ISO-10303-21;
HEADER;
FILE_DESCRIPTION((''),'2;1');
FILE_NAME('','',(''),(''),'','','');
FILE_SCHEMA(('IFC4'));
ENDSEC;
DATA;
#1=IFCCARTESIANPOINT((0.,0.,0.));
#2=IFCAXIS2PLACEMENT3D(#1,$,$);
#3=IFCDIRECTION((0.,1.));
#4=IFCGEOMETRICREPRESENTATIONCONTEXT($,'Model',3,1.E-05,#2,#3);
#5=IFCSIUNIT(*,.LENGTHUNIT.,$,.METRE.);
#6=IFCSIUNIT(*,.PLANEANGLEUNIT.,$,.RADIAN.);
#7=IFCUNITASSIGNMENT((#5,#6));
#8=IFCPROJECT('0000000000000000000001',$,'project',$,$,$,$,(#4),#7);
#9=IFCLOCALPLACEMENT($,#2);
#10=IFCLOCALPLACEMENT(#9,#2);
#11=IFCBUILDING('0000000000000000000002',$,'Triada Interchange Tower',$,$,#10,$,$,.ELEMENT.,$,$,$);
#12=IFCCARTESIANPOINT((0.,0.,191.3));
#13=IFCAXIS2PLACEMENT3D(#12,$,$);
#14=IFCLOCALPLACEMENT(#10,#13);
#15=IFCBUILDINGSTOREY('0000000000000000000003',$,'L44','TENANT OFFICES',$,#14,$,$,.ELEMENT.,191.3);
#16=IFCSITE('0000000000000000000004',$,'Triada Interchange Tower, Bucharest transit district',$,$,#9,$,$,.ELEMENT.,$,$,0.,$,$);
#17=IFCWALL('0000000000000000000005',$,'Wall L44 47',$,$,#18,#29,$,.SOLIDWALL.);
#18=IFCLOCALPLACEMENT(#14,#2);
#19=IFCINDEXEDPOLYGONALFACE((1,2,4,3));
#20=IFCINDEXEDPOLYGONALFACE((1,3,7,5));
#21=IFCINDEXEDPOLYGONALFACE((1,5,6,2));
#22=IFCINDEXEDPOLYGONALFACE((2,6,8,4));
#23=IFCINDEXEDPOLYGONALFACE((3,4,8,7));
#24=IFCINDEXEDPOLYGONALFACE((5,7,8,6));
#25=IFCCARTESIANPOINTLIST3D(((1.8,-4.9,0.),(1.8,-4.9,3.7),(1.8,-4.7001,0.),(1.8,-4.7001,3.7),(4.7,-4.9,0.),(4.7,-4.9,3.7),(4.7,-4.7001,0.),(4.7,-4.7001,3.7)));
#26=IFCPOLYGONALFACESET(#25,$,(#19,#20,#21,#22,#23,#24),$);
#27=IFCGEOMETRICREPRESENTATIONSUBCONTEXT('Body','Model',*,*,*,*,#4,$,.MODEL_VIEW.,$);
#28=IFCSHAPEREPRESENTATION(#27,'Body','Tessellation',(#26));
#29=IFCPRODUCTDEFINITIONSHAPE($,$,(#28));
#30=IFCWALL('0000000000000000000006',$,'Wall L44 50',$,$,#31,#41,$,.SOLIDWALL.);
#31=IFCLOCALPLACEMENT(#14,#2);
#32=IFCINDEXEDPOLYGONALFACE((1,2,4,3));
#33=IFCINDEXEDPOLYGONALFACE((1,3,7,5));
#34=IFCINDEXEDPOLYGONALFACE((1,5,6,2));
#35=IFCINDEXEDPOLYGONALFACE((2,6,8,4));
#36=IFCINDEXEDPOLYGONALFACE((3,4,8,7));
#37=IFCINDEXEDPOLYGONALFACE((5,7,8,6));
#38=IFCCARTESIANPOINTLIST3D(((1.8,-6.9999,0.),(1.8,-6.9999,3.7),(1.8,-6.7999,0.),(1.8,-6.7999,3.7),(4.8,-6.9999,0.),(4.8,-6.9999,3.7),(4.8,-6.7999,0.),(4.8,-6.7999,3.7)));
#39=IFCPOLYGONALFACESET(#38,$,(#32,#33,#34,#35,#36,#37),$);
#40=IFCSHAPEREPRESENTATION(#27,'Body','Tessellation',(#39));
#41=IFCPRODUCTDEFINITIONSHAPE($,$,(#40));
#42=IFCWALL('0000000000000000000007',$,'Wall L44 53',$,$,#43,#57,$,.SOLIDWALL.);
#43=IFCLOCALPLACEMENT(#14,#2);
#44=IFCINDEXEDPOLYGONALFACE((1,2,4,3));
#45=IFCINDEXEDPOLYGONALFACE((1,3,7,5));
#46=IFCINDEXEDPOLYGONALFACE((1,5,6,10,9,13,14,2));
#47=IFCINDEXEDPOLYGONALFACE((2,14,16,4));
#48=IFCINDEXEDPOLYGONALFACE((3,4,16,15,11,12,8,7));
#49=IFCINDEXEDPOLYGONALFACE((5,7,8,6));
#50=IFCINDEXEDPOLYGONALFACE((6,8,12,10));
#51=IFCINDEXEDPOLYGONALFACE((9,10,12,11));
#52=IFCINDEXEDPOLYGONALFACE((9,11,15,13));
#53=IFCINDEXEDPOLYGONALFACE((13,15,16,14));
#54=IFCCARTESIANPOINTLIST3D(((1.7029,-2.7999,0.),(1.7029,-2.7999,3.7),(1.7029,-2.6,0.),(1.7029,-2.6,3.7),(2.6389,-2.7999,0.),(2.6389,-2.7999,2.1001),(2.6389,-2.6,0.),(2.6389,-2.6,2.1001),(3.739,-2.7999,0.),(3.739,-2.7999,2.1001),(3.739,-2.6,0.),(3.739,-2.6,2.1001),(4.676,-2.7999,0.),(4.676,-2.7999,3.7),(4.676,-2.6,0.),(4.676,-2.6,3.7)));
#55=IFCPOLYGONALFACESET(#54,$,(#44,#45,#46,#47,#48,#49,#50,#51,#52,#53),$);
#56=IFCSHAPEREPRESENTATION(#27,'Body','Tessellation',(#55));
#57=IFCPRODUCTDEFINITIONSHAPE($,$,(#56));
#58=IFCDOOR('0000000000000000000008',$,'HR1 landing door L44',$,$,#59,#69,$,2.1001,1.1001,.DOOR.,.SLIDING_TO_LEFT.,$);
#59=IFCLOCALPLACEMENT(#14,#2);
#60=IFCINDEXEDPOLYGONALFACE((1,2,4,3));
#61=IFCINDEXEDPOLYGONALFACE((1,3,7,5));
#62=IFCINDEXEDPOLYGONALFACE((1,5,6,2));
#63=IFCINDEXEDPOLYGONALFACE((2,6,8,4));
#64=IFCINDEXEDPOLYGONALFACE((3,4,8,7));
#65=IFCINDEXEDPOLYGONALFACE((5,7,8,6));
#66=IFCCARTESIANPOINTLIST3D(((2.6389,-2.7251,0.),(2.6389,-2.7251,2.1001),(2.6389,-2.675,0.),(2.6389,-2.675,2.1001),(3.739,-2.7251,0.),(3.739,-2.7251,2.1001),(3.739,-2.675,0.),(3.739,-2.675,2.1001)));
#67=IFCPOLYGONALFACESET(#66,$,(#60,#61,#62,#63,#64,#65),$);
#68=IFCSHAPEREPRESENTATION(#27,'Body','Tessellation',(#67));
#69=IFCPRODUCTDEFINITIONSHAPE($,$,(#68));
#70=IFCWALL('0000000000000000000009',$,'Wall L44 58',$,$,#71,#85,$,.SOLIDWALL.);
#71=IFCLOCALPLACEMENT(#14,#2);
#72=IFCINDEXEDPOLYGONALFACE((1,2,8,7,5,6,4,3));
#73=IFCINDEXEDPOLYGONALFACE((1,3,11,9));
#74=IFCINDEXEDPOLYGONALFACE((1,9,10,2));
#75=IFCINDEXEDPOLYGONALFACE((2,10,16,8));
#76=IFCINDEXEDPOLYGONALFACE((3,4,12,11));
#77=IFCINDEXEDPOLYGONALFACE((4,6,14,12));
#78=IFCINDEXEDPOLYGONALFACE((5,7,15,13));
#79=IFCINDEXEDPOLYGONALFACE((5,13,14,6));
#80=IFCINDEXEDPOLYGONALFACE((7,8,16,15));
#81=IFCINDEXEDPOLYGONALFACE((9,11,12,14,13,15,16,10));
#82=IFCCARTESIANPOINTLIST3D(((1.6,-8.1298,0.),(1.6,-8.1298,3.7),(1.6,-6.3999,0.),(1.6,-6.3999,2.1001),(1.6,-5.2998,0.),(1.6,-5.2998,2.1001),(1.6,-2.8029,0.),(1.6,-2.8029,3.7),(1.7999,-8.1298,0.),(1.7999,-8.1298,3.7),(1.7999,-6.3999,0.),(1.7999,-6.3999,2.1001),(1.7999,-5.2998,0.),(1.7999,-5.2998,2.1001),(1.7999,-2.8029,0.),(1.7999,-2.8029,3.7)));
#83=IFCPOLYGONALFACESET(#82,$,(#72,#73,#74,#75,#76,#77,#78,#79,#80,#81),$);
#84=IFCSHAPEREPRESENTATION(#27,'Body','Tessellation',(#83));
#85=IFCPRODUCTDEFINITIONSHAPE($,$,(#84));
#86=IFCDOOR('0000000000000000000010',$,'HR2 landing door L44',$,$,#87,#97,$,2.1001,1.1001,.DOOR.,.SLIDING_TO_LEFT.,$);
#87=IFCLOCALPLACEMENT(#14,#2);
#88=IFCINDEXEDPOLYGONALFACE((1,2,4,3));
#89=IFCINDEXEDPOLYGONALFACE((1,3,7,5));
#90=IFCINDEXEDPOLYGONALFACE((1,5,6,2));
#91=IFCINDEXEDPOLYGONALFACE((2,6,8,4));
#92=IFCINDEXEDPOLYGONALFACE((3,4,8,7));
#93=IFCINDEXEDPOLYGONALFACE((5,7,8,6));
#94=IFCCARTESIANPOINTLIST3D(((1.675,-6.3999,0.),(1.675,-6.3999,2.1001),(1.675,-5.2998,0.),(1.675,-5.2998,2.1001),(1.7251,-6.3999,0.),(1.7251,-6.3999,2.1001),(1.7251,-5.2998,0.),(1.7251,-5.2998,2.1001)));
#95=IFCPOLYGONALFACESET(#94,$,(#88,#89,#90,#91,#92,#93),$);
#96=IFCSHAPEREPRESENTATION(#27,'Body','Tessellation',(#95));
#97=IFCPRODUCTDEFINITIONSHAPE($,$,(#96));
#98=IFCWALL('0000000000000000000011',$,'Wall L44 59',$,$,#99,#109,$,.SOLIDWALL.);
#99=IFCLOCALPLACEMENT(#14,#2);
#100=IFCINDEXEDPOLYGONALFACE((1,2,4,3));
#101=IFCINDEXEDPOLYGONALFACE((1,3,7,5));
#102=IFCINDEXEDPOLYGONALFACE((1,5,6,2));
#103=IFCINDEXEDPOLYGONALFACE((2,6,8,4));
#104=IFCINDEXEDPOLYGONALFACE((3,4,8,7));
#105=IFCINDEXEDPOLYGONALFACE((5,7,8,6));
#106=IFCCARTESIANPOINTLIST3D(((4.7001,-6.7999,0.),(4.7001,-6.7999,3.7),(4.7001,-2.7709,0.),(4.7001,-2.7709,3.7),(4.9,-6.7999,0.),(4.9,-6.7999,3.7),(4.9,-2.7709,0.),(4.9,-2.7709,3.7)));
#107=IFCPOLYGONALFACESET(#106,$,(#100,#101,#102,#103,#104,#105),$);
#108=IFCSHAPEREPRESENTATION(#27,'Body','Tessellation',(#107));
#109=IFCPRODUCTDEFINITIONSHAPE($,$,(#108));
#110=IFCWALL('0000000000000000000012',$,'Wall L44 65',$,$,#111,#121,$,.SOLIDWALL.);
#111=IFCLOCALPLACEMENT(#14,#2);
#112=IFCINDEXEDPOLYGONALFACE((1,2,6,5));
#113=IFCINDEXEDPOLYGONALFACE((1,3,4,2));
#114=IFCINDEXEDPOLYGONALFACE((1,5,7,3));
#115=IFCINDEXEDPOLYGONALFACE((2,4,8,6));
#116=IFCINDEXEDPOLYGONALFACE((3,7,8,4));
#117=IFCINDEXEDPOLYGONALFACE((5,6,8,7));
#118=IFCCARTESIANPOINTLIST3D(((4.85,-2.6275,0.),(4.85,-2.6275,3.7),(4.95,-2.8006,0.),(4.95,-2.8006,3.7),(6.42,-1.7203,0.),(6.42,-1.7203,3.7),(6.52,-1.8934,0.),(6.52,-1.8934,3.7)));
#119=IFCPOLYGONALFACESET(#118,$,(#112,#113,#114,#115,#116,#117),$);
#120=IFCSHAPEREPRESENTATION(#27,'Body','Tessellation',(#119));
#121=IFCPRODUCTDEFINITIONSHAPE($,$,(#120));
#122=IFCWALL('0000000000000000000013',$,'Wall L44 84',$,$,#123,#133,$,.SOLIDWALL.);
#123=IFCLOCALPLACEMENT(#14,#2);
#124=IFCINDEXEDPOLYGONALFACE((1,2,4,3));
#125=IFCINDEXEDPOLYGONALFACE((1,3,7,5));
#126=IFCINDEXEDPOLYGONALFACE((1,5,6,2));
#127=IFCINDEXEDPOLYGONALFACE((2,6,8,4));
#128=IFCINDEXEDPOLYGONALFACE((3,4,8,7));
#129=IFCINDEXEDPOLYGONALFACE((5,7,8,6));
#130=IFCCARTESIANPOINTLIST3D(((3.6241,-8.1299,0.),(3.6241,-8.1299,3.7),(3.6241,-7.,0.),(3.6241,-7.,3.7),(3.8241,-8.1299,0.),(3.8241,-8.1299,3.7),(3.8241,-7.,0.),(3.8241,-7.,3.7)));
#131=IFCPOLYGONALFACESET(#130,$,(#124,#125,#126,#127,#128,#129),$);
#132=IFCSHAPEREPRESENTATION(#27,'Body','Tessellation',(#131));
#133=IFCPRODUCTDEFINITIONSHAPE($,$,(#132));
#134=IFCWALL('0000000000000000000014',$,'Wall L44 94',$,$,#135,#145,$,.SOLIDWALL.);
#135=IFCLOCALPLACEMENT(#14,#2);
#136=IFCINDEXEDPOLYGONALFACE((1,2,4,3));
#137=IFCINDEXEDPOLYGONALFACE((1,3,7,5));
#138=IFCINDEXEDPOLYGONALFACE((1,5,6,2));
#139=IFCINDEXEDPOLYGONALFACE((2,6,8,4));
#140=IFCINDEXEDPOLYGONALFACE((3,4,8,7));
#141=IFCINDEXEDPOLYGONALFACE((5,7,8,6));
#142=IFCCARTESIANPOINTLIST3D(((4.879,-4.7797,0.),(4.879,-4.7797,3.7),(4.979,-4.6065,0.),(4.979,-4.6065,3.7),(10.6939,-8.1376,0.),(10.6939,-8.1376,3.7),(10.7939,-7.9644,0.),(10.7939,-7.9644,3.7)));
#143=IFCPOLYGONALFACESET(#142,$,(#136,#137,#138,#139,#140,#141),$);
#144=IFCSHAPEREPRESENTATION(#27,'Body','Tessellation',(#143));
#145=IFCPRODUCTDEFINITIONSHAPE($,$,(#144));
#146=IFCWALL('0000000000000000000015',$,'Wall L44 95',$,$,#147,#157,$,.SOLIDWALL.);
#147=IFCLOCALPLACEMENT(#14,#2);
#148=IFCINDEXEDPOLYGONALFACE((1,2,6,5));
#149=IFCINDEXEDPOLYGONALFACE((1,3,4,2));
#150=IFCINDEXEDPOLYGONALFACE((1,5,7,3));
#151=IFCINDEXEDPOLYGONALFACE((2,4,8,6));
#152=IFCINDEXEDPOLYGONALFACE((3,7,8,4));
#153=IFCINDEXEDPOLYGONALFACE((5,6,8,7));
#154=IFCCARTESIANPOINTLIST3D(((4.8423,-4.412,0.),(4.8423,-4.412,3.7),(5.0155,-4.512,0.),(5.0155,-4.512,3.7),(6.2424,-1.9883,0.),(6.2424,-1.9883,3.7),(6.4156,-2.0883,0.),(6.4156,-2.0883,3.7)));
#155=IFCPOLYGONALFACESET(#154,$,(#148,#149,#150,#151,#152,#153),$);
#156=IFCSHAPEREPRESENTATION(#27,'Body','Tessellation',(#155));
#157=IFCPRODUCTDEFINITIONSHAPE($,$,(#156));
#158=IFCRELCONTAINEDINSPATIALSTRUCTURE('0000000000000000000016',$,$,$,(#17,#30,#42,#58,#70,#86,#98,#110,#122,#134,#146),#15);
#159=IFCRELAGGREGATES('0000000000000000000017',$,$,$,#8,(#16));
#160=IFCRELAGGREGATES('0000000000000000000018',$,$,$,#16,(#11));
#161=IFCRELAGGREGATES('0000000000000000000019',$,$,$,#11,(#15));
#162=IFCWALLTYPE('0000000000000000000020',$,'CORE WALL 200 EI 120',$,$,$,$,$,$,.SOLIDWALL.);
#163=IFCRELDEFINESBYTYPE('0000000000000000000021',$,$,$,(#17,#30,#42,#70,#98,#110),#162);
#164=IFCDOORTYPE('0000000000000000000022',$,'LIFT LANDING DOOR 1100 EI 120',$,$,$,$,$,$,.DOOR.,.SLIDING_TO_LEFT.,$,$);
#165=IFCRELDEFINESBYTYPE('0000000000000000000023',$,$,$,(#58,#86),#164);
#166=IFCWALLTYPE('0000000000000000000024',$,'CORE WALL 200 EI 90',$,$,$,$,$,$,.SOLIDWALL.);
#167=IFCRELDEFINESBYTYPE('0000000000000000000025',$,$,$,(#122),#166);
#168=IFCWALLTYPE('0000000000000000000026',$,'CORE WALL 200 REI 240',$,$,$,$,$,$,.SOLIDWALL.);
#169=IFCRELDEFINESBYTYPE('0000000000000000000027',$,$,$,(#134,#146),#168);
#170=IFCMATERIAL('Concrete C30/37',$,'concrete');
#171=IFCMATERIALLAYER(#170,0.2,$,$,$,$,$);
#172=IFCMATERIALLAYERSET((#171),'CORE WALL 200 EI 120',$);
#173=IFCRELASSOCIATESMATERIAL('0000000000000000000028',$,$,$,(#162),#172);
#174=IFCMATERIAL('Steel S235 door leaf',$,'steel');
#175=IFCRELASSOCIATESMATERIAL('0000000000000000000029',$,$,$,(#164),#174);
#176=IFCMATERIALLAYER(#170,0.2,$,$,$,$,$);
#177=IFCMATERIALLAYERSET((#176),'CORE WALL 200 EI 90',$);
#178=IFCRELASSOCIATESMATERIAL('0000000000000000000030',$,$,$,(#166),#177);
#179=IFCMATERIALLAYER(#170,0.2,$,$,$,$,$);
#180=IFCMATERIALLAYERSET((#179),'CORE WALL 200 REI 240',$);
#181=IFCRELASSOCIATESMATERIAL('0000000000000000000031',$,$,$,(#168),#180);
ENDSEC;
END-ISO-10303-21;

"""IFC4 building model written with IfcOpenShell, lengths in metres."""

from ifc_helpers import new_model, si_unit, direction, frame, frame_2d, origin, place, context, subcontext, project, spatial, rectangle, extrude, material, layer, layer_set, type_object, element, fill, save


model = new_model("IFC4")

# Units and contexts
model_context = context("Model", 3, precision=1e-05, world=origin(), true_north=direction((0.0, 1.0)))
body_context = subcontext(model_context, "Body", "Model", "MODEL_VIEW")
ifc_project = project(units=[si_unit("LENGTHUNIT", "METRE"), si_unit("PLANEANGLEUNIT", "RADIAN")], contexts=[model_context])

# Site, building, storey
site_placement = place(None, origin())
site = spatial("IfcSite", under=ifc_project, at=site_placement, Name="Triada Interchange Tower, Bucharest transit district", CompositionType="ELEMENT", RefElevation=0.0)
building_placement = place(site_placement, origin())
building = spatial("IfcBuilding", under=site, at=building_placement, Name="Triada Interchange Tower", CompositionType="ELEMENT")
storey_placement = place(building_placement, frame((0.0, 0.0, 191.3)))
storey = spatial("IfcBuildingStorey", under=building, at=storey_placement, Name="L44", Description="TENANT OFFICES", CompositionType="ELEMENT", Elevation=191.3)

# Walls
ifc_material_1 = material(Name="Concrete C30/37", Category="concrete")
ifc_layer_1 = layer(ifc_material_1, 0.2)
ifc_layer_set_1 = layer_set([ifc_layer_1], Name="CORE WALL 200 EI 120")
wall_type_1 = type_object("IfcWallType", Name="CORE WALL 200 EI 120", PredefinedType="SOLIDWALL", material=ifc_layer_set_1)
wall_1_placement = place(storey_placement, frame((1.8, -4.8, 0.0), z_axis=(0.0, 0.0, 1.0), x_axis=(1.0, 0.0, 0.0)))
element("IfcWall", 1, at=wall_1_placement, inside=storey, type_object=wall_type_1, Name="Wall L44 47", PredefinedType="SOLIDWALL", context=body_context, shape_type="SweptSolid", body=[
    extrude(rectangle(XDim=2.8999, YDim=0.2, at=frame_2d((1.45, 0.0))), origin(), (0.0, 0.0, 1.0), 3.7),
])
wall_2_placement = place(storey_placement, frame((1.8, -6.8999, 0.0), z_axis=(0.0, 0.0, 1.0), x_axis=(1.0, 0.0, 0.0)))
element("IfcWall", 2, at=wall_2_placement, inside=storey, type_object=wall_type_1, Name="Wall L44 50", PredefinedType="SOLIDWALL", context=body_context, shape_type="SweptSolid", body=[
    extrude(rectangle(XDim=3.0, YDim=0.2, at=frame_2d((1.5, 0.0))), origin(), (0.0, 0.0, 1.0), 3.7),
])

# Walls, openings, doors
wall_3_placement = place(storey_placement, frame((1.7029, -2.7, 0.0), z_axis=(0.0, 0.0, 1.0), x_axis=(1.0, 0.0, 0.0)))
wall_3 = element("IfcWall", 3, at=wall_3_placement, inside=storey, type_object=wall_type_1, Name="Wall L44 53", PredefinedType="SOLIDWALL", context=body_context, shape_type="SweptSolid", body=[
    extrude(rectangle(XDim=2.9731, YDim=0.2, at=frame_2d((1.4866, 0.0))), origin(), (0.0, 0.0, 1.0), 3.7),
])
opening_1_placement = place(wall_3_placement, frame((0.936, 0.0, 0.0)))
opening_1 = element("IfcOpeningElement", 4, at=opening_1_placement, cuts=wall_3, PredefinedType="OPENING", context=body_context, shape_type="SweptSolid", body=[
    extrude(rectangle(XDim=1.1001, YDim=2.1001, at=frame_2d((0.55, 1.05))), frame((0.0, 0.1099, 0.0), z_axis=(0.0, -1.0, 0.0), x_axis=(1.0, 0.0, 0.0)), (0.0, 0.0, 1.0), 0.22),
])
ifc_material_2 = material(Name="Steel S235 door leaf", Category="steel")
door_type_1 = type_object("IfcDoorType", Name="LIFT LANDING DOOR 1100 EI 120", OperationType="SLIDING_TO_LEFT", PredefinedType="DOOR", material=ifc_material_2)
door_1_placement = place(opening_1_placement, origin())
door_1 = element("IfcDoor", 5, at=door_1_placement, inside=storey, type_object=door_type_1, Name="HR1 landing door L44", OperationType="SLIDING_TO_LEFT", OverallHeight=2.1001, OverallWidth=1.1001, PredefinedType="DOOR", context=body_context, shape_type="SweptSolid", body=[
    extrude(rectangle(XDim=1.1001, YDim=2.1001, at=frame_2d((0.55, 1.05))), frame((0.0, 0.0249, 0.0), z_axis=(0.0, -1.0, 0.0), x_axis=(1.0, 0.0, 0.0)), (0.0, 0.0, 1.0), 0.05),
])
fill(opening_1, door_1)
wall_4_placement = place(storey_placement, frame((1.7, -8.1299, 0.0), z_axis=(0.0, 0.0, 1.0), x_axis=(0.0, 1.0, 0.0)))
wall_4 = element("IfcWall", 6, at=wall_4_placement, inside=storey, type_object=wall_type_1, Name="Wall L44 58", PredefinedType="SOLIDWALL", context=body_context, shape_type="SweptSolid", body=[
    extrude(rectangle(XDim=5.3269, YDim=0.2, at=frame_2d((2.6636, 0.0))), origin(), (0.0, 0.0, 1.0), 3.7),
])
opening_2_placement = place(wall_4_placement, frame((1.73, 0.0, 0.0)))
opening_2 = element("IfcOpeningElement", 7, at=opening_2_placement, cuts=wall_4, PredefinedType="OPENING", context=body_context, shape_type="SweptSolid", body=[
    extrude(rectangle(XDim=1.1001, YDim=2.1001, at=frame_2d((0.55, 1.05))), frame((0.0, 0.1099, 0.0), z_axis=(0.0, -1.0, 0.0), x_axis=(1.0, 0.0, 0.0)), (0.0, 0.0, 1.0), 0.22),
])
door_2_placement = place(opening_2_placement, origin())
door_2 = element("IfcDoor", 8, at=door_2_placement, inside=storey, type_object=door_type_1, Name="HR2 landing door L44", OperationType="SLIDING_TO_LEFT", OverallHeight=2.1001, OverallWidth=1.1001, PredefinedType="DOOR", context=body_context, shape_type="SweptSolid", body=[
    extrude(rectangle(XDim=1.1001, YDim=2.1001, at=frame_2d((0.55, 1.05))), frame((0.0, 0.0249, 0.0), z_axis=(0.0, -1.0, 0.0), x_axis=(1.0, 0.0, 0.0)), (0.0, 0.0, 1.0), 0.05),
])
fill(opening_2, door_2)

# Walls
wall_5_placement = place(storey_placement, frame((4.8, -6.8, 0.0), z_axis=(0.0, 0.0, 1.0), x_axis=(0.0, 1.0, 0.0)))
element("IfcWall", 9, at=wall_5_placement, inside=storey, type_object=wall_type_1, Name="Wall L44 59", PredefinedType="SOLIDWALL", context=body_context, shape_type="SweptSolid", body=[
    extrude(rectangle(XDim=4.0291, YDim=0.2, at=frame_2d((2.0146, 0.0))), origin(), (0.0, 0.0, 1.0), 3.7),
])
wall_6_placement = place(storey_placement, frame((4.8999, -2.7141, 0.0), z_axis=(0.0, 0.0, 1.0), x_axis=(0.865847, 0.500309, 0.0)))
element("IfcWall", 10, at=wall_6_placement, inside=storey, type_object=wall_type_1, Name="Wall L44 65", PredefinedType="SOLIDWALL", context=body_context, shape_type="SweptSolid", body=[
    extrude(rectangle(XDim=1.8132, YDim=0.2, at=frame_2d((0.9067, 0.0))), origin(), (0.0, 0.0, 1.0), 3.7),
])
ifc_layer_2 = layer(ifc_material_1, 0.2)
ifc_layer_set_2 = layer_set([ifc_layer_2], Name="CORE WALL 200 EI 90")
wall_type_2 = type_object("IfcWallType", Name="CORE WALL 200 EI 90", PredefinedType="SOLIDWALL", material=ifc_layer_set_2)
wall_7_placement = place(storey_placement, frame((3.7241, -8.1299, 0.0), z_axis=(0.0, 0.0, 1.0), x_axis=(0.0, 1.0, 0.0)))
element("IfcWall", 11, at=wall_7_placement, inside=storey, type_object=wall_type_2, Name="Wall L44 84", PredefinedType="SOLIDWALL", context=body_context, shape_type="SweptSolid", body=[
    extrude(rectangle(XDim=1.1299, YDim=0.2, at=frame_2d((0.5649, 0.0))), origin(), (0.0, 0.0, 1.0), 3.7),
])
ifc_layer_3 = layer(ifc_material_1, 0.2)
ifc_layer_set_3 = layer_set([ifc_layer_3], Name="CORE WALL 200 REI 240")
wall_type_3 = type_object("IfcWallType", Name="CORE WALL 200 REI 240", PredefinedType="SOLIDWALL", material=ifc_layer_set_3)
wall_8_placement = place(storey_placement, frame((4.929, -4.6931, 0.0), z_axis=(0.0, 0.0, 1.0), x_axis=(0.865983, -0.500073, 0.0)))
element("IfcWall", 12, at=wall_8_placement, inside=storey, type_object=wall_type_3, Name="Wall L44 94", PredefinedType="SOLIDWALL", context=body_context, shape_type="SweptSolid", body=[
    extrude(rectangle(XDim=6.7148, YDim=0.2, at=frame_2d((3.3574, 0.0))), origin(), (0.0, 0.0, 1.0), 3.7),
])
wall_9_placement = place(storey_placement, frame((4.929, -4.4619, 0.0), z_axis=(0.0, 0.0, 1.0), x_axis=(0.500201, 0.86591, 0.0)))
element("IfcWall", 13, at=wall_9_placement, inside=storey, type_object=wall_type_3, Name="Wall L44 95", PredefinedType="SOLIDWALL", context=body_context, shape_type="SweptSolid", body=[
    extrude(rectangle(XDim=2.7991, YDim=0.2, at=frame_2d((1.3994, 0.0))), origin(), (0.0, 0.0, 1.0), 3.7),
])

save(model, "model.ifc")
